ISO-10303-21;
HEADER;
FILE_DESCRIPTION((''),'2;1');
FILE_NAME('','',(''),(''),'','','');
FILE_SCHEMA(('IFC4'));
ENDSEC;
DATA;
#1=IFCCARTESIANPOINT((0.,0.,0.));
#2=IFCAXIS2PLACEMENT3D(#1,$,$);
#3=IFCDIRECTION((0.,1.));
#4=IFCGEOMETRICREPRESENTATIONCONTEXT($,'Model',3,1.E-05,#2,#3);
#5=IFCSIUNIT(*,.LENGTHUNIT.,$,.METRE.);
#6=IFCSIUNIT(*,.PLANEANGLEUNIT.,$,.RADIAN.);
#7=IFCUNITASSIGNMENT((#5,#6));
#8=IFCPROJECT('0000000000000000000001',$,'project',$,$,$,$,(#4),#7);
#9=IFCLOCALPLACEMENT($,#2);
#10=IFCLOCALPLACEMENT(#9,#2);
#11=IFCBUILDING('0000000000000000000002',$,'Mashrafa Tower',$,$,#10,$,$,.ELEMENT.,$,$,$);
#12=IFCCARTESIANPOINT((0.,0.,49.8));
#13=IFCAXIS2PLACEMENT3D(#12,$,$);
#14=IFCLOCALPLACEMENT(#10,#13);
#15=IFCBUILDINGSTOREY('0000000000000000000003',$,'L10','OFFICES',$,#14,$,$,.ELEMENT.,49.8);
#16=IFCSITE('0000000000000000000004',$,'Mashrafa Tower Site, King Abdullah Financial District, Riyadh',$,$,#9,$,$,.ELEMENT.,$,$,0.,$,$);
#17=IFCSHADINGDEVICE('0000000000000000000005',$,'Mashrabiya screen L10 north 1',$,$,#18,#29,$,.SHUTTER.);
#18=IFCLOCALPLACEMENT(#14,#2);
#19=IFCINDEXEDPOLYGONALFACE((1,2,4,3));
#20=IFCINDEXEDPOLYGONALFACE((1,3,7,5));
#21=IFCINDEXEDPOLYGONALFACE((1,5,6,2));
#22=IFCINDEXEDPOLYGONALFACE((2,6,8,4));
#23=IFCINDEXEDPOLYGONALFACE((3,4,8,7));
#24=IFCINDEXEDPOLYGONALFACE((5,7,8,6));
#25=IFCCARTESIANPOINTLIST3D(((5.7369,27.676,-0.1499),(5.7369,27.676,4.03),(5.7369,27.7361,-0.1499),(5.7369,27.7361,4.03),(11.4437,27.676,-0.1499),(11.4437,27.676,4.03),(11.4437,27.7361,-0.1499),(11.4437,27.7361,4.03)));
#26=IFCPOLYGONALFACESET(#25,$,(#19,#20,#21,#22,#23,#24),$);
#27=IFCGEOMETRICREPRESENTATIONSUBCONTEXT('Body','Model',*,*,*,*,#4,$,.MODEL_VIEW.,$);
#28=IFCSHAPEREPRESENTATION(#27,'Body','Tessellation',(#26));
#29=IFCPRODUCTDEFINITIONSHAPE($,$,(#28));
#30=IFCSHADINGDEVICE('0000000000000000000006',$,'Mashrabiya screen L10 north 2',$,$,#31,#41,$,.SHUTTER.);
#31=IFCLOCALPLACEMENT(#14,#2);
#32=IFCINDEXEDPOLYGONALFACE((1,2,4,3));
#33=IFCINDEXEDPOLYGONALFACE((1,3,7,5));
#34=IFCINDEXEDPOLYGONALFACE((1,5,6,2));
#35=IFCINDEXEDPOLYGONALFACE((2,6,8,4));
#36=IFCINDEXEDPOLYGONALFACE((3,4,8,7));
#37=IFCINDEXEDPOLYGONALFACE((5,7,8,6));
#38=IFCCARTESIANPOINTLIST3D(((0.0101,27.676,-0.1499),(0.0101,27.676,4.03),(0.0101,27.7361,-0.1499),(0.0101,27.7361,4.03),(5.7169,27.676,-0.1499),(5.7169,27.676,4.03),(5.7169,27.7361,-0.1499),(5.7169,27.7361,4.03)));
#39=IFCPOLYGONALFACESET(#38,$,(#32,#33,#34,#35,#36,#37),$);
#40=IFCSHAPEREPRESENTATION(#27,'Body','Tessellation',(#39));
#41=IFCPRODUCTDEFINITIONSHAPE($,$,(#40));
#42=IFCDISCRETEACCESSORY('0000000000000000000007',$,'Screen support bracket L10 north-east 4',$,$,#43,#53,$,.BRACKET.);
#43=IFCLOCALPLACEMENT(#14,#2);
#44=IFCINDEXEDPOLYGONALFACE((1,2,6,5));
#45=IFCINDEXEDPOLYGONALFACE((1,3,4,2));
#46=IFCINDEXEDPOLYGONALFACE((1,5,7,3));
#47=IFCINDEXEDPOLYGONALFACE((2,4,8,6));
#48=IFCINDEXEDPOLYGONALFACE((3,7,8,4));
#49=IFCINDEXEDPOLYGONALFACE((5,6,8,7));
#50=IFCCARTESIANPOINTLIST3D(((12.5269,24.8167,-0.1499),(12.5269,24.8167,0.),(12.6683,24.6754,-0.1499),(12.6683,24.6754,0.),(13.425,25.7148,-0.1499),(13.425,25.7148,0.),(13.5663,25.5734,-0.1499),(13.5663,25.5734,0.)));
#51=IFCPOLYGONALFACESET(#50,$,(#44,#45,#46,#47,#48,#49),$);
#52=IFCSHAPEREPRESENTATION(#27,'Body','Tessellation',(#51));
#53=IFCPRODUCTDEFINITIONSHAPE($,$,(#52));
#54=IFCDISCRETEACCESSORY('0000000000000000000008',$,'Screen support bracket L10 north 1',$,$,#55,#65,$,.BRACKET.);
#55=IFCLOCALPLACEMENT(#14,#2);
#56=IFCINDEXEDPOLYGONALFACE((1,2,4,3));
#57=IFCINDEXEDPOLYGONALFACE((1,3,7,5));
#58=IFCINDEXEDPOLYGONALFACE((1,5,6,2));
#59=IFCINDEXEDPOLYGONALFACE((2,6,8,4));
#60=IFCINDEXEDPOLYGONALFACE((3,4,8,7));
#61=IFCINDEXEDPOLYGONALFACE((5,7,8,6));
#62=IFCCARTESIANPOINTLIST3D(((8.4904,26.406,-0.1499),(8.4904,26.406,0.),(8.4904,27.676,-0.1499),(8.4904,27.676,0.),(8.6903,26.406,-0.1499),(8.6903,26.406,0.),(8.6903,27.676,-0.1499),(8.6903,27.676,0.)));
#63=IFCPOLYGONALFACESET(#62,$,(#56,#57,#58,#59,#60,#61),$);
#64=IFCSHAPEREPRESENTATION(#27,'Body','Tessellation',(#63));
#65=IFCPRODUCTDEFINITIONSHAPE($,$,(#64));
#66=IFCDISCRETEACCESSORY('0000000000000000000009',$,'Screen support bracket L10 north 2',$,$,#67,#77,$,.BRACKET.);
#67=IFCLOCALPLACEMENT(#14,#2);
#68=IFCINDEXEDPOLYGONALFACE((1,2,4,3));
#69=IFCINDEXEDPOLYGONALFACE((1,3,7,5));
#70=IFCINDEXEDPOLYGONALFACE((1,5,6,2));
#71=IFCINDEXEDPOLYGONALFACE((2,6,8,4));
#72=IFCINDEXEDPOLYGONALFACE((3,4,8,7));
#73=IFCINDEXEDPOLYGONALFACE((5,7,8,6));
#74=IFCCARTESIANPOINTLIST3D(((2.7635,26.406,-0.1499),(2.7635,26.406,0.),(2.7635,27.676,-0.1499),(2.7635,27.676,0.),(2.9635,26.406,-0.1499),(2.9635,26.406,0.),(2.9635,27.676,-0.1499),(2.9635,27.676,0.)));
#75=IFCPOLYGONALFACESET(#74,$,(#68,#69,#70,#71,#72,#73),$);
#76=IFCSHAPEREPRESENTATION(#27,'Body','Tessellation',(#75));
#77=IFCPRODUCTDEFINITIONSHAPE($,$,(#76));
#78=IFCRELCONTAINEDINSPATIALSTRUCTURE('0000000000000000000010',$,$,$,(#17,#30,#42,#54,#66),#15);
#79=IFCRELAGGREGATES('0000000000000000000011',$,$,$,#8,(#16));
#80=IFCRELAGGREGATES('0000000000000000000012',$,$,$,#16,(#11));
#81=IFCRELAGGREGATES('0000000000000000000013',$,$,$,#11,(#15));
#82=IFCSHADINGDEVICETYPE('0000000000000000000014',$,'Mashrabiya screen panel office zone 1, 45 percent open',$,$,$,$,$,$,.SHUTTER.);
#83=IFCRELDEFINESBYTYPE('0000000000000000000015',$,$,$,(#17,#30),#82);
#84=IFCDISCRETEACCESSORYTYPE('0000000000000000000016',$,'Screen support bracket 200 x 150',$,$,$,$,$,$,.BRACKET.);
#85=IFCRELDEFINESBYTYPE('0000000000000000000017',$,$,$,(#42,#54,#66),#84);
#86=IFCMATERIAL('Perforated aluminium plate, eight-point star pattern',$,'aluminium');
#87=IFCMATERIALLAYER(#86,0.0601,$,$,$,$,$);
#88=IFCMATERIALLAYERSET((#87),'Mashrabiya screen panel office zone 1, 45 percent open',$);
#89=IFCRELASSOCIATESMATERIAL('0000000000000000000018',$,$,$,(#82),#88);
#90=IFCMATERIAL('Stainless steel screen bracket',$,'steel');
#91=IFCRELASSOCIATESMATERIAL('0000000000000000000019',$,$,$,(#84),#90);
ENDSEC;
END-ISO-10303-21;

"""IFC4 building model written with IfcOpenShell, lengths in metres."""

from ifc_helpers import new_model, si_unit, direction, frame, origin, origin_2d, place, context, subcontext, project, spatial, rectangle, extrude, source, transform, mapped, material, layer, layer_set, type_object, type_shapes, element, save


model = new_model("IFC4")

# Units and contexts
model_context = context("Model", 3, precision=1e-05, world=origin(), true_north=direction((0.0, 1.0)))
body_context = subcontext(model_context, "Body", "Model", "MODEL_VIEW")
ifc_project = project(units=[si_unit("LENGTHUNIT", "METRE"), si_unit("PLANEANGLEUNIT", "RADIAN")], contexts=[model_context])

# Site, building, storey
site_placement = place(None, origin())
site = spatial("IfcSite", under=ifc_project, at=site_placement, Name="Mashrafa Tower Site, King Abdullah Financial District, Riyadh", CompositionType="ELEMENT", RefElevation=0.0)
building_placement = place(site_placement, origin())
building = spatial("IfcBuilding", under=site, at=building_placement, Name="Mashrafa Tower", CompositionType="ELEMENT")
storey_placement = place(building_placement, frame((0.0, 0.0, 49.8)))
storey = spatial("IfcBuildingStorey", under=building, at=storey_placement, Name="L10", Description="OFFICES", CompositionType="ELEMENT", Elevation=49.8)

# Shading devices
ifc_material_1 = material(Name="Perforated aluminium plate, eight-point star pattern", Category="aluminium")
ifc_layer_1 = layer(ifc_material_1, 0.0601)
ifc_layer_set_1 = layer_set([ifc_layer_1], Name="Mashrabiya screen panel office zone 1, 45 percent open")
shading_device_type = type_object("IfcShadingDeviceType", Name="Mashrabiya screen panel office zone 1, 45 percent open", PredefinedType="SHUTTER", material=ifc_layer_set_1)
shared_shape_1 = source(origin(), body_context, "Body", "SweptSolid", [
    extrude(rectangle(XDim=5.7068, YDim=0.0601, at=origin_2d()), origin(), (0.0, 0.0, 1.0), 4.1799),
])
type_shapes(shading_device_type, [shared_shape_1])
for number, where, z_axis, x_axis, name in (
    (1, (8.5903, 27.7061, -0.1499), (0.0, 0.0, 1.0), (-1.0, 0.0, 0.0), "Mashrabiya screen L10 north 1"),
    (2, (2.8635, 27.7061, -0.1499), (0.0, 0.0, 1.0), (-1.0, 0.0, 0.0), "Mashrabiya screen L10 north 2"),
):
    element("IfcShadingDevice", number, at=place(storey_placement, frame(where, z_axis=z_axis, x_axis=x_axis)), inside=storey, type_object=shading_device_type, Name=name, PredefinedType="SHUTTER", context=body_context, shape_type="MappedRepresentation", body=[
        mapped(shared_shape_1, transform((0.0, 0.0, 0.0))),
    ])

# Discrete accessories
ifc_material_2 = material(Name="Stainless steel screen bracket", Category="steel")
discrete_accessory_type = type_object("IfcDiscreteAccessoryType", Name="Screen support bracket 200 x 150", PredefinedType="BRACKET", material=ifc_material_2)
shared_shape_2 = source(origin(), body_context, "Body", "SweptSolid", [
    extrude(rectangle(XDim=0.2, YDim=1.27, at=origin_2d()), origin(), (0.0, 0.0, 1.0), 0.1499),
])
type_shapes(discrete_accessory_type, [shared_shape_2])
for number, where, z_axis, x_axis, name in (
    (3, (13.0466, 25.1951, -0.1499), (0.0, 0.0, 1.0), (-0.707107, 0.707107, 0.0), "Screen support bracket L10 north-east 4"),
    (4, (8.5903, 27.041, -0.1499), (0.0, 0.0, 1.0), (-1.0, 0.0, 0.0), "Screen support bracket L10 north 1"),
    (5, (2.8635, 27.041, -0.1499), (0.0, 0.0, 1.0), (-1.0, 0.0, 0.0), "Screen support bracket L10 north 2"),
):
    element("IfcDiscreteAccessory", number, at=place(storey_placement, frame(where, z_axis=z_axis, x_axis=x_axis)), inside=storey, type_object=discrete_accessory_type, Name=name, PredefinedType="BRACKET", context=body_context, shape_type="MappedRepresentation", body=[
        mapped(shared_shape_2, transform((0.0, 0.0, 0.0))),
    ])

save(model, "model.ifc")
